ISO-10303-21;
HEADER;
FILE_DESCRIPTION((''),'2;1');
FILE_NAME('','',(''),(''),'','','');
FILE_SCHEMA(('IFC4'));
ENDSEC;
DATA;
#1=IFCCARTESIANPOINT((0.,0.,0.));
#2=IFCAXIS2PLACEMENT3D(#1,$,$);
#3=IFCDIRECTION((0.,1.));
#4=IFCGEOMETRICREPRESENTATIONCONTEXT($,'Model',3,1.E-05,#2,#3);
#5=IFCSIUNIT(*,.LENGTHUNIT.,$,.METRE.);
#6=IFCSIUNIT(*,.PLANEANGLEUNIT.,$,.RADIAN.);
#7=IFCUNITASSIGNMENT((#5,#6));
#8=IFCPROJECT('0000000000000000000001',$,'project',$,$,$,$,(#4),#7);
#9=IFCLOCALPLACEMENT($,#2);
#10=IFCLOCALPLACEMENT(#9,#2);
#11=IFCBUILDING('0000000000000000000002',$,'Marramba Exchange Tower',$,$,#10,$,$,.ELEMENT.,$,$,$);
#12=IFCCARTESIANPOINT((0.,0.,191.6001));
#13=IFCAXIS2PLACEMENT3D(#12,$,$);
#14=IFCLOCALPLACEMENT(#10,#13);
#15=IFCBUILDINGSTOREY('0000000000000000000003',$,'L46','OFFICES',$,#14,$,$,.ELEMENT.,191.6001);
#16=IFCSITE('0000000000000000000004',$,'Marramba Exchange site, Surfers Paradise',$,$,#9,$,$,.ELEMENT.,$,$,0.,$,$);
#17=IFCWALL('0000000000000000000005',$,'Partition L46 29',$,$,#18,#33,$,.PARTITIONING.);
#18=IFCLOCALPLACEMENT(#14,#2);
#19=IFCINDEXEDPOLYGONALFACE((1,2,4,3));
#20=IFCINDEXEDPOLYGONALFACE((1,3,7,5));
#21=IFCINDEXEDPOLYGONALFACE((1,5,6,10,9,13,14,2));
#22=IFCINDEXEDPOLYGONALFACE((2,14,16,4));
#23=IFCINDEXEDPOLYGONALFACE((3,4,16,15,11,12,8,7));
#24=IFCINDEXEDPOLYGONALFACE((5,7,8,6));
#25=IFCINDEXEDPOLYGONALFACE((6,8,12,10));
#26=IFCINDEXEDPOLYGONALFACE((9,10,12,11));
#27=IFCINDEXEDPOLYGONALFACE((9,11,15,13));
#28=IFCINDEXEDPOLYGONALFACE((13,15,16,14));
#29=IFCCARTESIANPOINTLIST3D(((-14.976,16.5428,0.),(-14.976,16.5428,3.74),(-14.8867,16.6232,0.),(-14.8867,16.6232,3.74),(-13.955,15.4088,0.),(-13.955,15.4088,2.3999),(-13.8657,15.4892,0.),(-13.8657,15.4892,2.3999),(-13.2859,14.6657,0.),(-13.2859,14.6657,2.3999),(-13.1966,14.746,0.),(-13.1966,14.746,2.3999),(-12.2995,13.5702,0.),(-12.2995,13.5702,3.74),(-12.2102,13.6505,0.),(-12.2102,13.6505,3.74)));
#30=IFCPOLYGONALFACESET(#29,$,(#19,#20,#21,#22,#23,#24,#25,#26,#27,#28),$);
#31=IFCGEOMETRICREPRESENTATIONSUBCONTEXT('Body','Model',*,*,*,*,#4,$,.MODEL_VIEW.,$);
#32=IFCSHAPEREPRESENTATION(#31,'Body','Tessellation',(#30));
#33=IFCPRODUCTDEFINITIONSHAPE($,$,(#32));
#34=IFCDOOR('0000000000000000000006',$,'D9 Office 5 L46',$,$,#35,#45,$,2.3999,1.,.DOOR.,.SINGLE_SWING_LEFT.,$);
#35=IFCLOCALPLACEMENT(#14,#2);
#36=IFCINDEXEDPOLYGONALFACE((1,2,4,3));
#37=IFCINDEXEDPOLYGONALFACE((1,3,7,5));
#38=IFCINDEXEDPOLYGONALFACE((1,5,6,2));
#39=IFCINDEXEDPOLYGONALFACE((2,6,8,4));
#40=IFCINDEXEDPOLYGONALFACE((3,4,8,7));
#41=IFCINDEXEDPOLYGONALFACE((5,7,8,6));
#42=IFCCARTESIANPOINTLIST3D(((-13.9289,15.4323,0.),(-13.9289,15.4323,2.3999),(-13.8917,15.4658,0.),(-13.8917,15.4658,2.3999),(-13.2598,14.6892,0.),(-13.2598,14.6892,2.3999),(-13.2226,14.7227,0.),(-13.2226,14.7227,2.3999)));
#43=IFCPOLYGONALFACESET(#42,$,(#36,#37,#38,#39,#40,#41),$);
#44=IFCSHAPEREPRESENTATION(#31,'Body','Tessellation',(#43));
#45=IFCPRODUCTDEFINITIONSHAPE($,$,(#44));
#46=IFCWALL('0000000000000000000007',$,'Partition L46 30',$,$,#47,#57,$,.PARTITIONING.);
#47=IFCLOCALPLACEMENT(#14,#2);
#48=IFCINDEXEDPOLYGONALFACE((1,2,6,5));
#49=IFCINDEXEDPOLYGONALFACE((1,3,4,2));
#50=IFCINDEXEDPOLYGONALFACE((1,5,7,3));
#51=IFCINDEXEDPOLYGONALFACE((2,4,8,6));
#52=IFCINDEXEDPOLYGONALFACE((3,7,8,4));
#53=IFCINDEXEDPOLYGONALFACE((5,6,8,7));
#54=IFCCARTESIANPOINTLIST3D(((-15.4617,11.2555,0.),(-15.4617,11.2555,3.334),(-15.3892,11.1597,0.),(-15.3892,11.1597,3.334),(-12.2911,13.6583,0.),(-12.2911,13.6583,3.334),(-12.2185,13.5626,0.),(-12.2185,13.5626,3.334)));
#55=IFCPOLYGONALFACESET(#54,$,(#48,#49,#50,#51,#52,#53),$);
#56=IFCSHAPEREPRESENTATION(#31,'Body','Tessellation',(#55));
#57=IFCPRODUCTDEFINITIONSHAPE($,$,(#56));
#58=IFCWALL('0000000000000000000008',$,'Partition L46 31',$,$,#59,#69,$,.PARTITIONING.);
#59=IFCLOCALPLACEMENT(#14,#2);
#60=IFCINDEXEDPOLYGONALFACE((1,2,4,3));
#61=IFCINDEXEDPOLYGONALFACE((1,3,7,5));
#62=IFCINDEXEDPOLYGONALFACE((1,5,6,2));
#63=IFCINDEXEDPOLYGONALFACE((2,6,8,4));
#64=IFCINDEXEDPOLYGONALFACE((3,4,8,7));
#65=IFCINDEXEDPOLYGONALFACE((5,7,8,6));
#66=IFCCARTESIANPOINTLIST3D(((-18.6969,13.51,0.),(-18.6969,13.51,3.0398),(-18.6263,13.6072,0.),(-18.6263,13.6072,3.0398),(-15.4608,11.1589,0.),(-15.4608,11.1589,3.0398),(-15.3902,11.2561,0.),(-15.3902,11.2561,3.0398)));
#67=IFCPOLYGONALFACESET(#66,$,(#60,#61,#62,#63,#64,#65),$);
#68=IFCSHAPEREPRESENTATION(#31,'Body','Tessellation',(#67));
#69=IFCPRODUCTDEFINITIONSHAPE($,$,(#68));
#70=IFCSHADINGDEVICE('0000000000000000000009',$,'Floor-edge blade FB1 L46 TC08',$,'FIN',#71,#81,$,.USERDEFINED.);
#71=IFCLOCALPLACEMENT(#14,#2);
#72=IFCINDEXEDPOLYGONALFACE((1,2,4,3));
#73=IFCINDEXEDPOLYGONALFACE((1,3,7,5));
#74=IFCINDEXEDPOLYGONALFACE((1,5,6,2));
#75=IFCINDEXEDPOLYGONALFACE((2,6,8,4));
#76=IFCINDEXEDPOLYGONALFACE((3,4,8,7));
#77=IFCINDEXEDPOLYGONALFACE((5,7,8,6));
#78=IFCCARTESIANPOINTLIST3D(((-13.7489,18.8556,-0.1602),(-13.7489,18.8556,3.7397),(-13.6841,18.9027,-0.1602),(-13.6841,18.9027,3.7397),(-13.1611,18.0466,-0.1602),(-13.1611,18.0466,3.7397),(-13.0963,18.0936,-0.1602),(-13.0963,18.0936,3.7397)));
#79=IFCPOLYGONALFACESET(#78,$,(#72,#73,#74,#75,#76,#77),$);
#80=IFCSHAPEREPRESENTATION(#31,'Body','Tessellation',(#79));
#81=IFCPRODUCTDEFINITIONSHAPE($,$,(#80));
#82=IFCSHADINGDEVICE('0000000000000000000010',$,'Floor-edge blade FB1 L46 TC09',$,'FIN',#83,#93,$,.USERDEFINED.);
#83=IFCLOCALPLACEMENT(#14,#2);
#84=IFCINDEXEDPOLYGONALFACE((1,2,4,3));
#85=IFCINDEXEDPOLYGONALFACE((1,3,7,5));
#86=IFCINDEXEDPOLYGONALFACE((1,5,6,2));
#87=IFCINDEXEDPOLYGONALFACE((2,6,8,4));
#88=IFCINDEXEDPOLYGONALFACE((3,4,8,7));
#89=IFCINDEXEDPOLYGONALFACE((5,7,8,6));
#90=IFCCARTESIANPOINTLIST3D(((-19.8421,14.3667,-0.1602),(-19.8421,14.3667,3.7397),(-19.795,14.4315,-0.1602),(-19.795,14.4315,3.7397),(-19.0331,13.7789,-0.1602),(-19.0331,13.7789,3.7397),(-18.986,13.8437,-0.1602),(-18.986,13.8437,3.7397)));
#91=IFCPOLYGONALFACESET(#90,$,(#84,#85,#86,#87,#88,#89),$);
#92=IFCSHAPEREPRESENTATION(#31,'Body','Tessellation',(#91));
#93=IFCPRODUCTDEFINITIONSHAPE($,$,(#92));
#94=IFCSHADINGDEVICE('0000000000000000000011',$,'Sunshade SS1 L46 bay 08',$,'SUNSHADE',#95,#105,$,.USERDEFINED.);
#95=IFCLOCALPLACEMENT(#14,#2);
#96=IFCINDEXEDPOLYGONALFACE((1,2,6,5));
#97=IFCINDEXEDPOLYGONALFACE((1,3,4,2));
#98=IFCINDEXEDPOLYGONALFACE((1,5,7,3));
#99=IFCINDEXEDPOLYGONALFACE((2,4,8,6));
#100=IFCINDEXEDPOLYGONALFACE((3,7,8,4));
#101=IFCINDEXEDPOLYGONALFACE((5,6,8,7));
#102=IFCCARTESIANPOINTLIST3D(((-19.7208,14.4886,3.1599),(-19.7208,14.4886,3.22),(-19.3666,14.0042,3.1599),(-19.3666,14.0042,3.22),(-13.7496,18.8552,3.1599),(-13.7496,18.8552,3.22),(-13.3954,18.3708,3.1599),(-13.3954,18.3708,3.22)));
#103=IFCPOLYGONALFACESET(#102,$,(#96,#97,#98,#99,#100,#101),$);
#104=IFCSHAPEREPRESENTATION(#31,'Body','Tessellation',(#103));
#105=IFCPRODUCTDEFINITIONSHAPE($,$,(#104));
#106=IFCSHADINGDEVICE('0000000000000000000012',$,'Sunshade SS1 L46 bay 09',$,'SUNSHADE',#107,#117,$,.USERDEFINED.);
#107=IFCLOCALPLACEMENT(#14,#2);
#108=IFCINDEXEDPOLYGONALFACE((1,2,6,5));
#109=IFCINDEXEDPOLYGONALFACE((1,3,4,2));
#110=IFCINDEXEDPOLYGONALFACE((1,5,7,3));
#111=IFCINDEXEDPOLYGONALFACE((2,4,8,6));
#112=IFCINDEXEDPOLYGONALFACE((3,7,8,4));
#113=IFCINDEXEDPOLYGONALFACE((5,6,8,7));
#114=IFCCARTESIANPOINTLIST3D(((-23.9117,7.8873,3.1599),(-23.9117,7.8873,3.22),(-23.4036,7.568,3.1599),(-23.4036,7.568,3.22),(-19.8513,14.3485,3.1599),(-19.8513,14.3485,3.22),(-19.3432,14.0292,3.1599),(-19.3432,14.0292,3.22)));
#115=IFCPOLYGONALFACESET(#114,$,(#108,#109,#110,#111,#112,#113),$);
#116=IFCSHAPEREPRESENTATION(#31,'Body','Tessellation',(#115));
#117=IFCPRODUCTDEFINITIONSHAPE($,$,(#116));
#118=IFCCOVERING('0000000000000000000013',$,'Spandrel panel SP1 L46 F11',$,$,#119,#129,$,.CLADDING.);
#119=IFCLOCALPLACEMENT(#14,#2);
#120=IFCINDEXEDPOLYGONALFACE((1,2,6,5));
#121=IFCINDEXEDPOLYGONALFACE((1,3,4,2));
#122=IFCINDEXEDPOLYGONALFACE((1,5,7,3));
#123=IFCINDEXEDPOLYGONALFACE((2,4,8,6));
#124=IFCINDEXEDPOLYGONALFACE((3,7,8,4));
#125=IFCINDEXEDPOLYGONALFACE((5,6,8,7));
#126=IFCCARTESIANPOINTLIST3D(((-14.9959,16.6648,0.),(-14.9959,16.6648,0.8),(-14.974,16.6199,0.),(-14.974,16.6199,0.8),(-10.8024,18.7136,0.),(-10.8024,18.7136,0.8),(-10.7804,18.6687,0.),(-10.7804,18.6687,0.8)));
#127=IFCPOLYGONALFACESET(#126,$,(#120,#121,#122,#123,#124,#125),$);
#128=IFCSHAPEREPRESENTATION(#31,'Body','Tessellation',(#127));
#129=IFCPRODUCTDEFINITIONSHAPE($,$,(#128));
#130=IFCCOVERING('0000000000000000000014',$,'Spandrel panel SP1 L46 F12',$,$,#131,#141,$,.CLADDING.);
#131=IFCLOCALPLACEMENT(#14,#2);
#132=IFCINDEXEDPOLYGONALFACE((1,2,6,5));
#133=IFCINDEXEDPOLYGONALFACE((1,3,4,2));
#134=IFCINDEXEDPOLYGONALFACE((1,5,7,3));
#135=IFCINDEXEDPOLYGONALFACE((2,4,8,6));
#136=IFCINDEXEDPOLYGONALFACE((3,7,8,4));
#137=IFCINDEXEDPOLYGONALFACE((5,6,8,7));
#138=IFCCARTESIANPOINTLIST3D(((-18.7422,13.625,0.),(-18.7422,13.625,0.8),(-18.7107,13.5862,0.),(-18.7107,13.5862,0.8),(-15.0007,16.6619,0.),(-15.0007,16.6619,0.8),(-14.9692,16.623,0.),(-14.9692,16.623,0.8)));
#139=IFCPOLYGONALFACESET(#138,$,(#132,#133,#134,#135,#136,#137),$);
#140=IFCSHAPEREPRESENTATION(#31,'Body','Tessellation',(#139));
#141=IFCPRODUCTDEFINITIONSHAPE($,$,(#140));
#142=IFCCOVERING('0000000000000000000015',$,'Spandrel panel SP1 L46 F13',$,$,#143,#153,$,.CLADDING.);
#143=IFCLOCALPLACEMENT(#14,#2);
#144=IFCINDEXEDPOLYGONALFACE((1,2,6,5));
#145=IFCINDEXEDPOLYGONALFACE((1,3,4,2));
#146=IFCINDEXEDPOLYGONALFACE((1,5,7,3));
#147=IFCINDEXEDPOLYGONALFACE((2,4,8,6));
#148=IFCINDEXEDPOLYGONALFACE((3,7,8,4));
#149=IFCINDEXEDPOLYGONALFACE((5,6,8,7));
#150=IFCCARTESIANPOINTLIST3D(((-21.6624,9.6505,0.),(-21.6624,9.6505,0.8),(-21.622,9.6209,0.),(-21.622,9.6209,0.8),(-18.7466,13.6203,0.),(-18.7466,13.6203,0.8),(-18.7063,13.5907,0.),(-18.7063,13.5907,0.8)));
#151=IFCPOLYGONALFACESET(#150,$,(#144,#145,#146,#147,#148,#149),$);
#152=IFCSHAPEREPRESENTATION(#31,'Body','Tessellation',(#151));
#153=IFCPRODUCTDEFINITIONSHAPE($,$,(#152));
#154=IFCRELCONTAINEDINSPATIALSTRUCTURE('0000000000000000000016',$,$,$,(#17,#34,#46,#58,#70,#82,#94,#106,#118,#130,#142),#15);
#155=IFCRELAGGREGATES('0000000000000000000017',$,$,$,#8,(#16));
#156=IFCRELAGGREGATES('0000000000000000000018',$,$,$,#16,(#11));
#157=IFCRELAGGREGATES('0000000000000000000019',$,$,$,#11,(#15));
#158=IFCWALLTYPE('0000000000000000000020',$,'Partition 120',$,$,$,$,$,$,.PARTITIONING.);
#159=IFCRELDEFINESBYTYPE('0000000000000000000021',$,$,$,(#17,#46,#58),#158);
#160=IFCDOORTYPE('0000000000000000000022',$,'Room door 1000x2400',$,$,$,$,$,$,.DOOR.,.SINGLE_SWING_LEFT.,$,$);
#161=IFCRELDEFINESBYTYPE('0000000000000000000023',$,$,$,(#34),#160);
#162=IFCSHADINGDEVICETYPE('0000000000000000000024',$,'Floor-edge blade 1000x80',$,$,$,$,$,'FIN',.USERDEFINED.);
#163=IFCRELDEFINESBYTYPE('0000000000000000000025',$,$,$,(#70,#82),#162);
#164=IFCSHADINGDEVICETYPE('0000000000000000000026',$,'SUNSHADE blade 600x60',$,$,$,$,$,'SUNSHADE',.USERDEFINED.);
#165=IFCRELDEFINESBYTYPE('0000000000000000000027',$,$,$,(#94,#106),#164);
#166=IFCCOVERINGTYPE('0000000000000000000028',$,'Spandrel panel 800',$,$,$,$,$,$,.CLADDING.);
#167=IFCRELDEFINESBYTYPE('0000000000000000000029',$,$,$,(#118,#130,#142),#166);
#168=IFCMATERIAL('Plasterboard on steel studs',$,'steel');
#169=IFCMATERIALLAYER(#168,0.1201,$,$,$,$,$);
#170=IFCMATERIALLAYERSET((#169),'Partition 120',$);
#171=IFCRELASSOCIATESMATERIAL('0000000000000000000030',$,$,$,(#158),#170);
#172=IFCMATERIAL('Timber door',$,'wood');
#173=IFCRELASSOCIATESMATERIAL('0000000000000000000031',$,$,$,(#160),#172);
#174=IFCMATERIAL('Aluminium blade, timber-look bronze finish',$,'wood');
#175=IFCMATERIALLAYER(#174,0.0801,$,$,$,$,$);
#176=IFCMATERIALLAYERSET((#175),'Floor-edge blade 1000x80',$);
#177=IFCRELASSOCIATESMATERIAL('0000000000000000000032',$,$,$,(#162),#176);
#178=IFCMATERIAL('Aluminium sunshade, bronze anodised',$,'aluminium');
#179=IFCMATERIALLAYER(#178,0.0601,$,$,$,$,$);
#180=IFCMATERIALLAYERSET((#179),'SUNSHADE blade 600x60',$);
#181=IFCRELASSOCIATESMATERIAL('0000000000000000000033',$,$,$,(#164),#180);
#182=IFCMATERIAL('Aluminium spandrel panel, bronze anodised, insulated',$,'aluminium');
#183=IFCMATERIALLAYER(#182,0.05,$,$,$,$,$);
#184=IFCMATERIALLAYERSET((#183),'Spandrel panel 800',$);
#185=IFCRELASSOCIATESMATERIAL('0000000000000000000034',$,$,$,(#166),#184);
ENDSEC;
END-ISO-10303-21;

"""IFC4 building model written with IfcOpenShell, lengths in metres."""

from ifc_helpers import new_model, si_unit, direction, frame, frame_2d, origin, origin_2d, place, context, subcontext, project, spatial, rectangle, extrude, material, layer, layer_set, type_object, element, fill, save


model = new_model("IFC4")

# Units and contexts
model_context = context("Model", 3, precision=1e-05, world=origin(), true_north=direction((0.0, 1.0)))
body_context = subcontext(model_context, "Body", "Model", "MODEL_VIEW")
ifc_project = project(units=[si_unit("LENGTHUNIT", "METRE"), si_unit("PLANEANGLEUNIT", "RADIAN")], contexts=[model_context])

# Site, building, storey
site_placement = place(None, origin())
site = spatial("IfcSite", under=ifc_project, at=site_placement, Name="Marramba Exchange site, Surfers Paradise", CompositionType="ELEMENT", RefElevation=0.0)
building_placement = place(site_placement, origin())
building = spatial("IfcBuilding", under=site, at=building_placement, Name="Marramba Exchange Tower", CompositionType="ELEMENT")
storey_placement = place(building_placement, frame((0.0, 0.0, 191.6001)))
storey = spatial("IfcBuildingStorey", under=building, at=storey_placement, Name="L46", Description="OFFICES", CompositionType="ELEMENT", Elevation=191.6001)

# Wall, opening, door
ifc_material_1 = material(Name="Plasterboard on steel studs", Category="steel")
ifc_layer_1 = layer(ifc_material_1, 0.1201)
ifc_layer_set_1 = layer_set([ifc_layer_1], Name="Partition 120")
wall_type = type_object("IfcWallType", Name="Partition 120", PredefinedType="PARTITIONING", material=ifc_layer_set_1)
wall_1_placement = place(storey_placement, frame((-12.2549, 13.6104, 0.0), z_axis=(0.0, 0.0, 1.0), x_axis=(-0.66912, 0.743155, 0.0)))
wall_1 = element("IfcWall", 1, at=wall_1_placement, inside=storey, type_object=wall_type, Name="Partition L46 29", PredefinedType="PARTITIONING", context=body_context, shape_type="SweptSolid", body=[
    extrude(rectangle(XDim=4.0, YDim=0.1201, at=frame_2d((2.0, 0.0))), origin(), (0.0, 0.0, 1.0), 3.74),
])
opening_placement = place(wall_1_placement, frame((1.4741, 0.0, 0.0)))
opening = element("IfcOpeningElement", 2, at=opening_placement, cuts=wall_1, PredefinedType="OPENING", context=body_context, shape_type="SweptSolid", body=[
    extrude(rectangle(XDim=1.0, YDim=2.3999, at=frame_2d((0.5, 1.2))), frame((0.0, 0.0701, 0.0), z_axis=(0.0, -1.0, 0.0), x_axis=(1.0, 0.0, 0.0)), (0.0, 0.0, 1.0), 0.1401),
])
ifc_material_2 = material(Name="Timber door", Category="wood")
door_type = type_object("IfcDoorType", Name="Room door 1000x2400", OperationType="SINGLE_SWING_LEFT", PredefinedType="DOOR", material=ifc_material_2)
door_placement = place(opening_placement, origin())
door = element("IfcDoor", 3, at=door_placement, inside=storey, type_object=door_type, Name="D9 Office 5 L46", OperationType="SINGLE_SWING_LEFT", OverallHeight=2.3999, OverallWidth=1.0, PredefinedType="DOOR", context=body_context, shape_type="SweptSolid", body=[
    extrude(rectangle(XDim=1.0, YDim=2.3999, at=frame_2d((0.5, 1.2))), frame((0.0, 0.0249, 0.0), z_axis=(0.0, -1.0, 0.0), x_axis=(1.0, 0.0, 0.0)), (0.0, 0.0, 1.0), 0.05),
])
fill(opening, door)

# Walls
wall_2_placement = place(storey_placement, frame((-15.4255, 11.2075, 0.0), z_axis=(0.0, 0.0, 1.0), x_axis=(0.796993, 0.603989, 0.0)))
element("IfcWall", 4, at=wall_2_placement, inside=storey, type_object=wall_type, Name="Partition L46 30", PredefinedType="PARTITIONING", context=body_context, shape_type="SweptSolid", body=[
    extrude(rectangle(XDim=3.9783, YDim=0.1201, at=frame_2d((1.9893, 0.0))), origin(), (0.0, 0.0, 1.0), 3.334),
])
wall_3_placement = place(storey_placement, frame((-18.6616, 13.5586, 0.0), z_axis=(0.0, 0.0, 1.0), x_axis=(0.809026, -0.587772, 0.0)))
element("IfcWall", 5, at=wall_3_placement, inside=storey, type_object=wall_type, Name="Partition L46 31", PredefinedType="PARTITIONING", context=body_context, shape_type="SweptSolid", body=[
    extrude(rectangle(XDim=4.0, YDim=0.1201, at=frame_2d((2.0, 0.0))), origin(), (0.0, 0.0, 1.0), 3.0398),
])

# Shading devices
ifc_material_3 = material(Name="Aluminium blade, timber-look bronze finish", Category="wood")
ifc_layer_2 = layer(ifc_material_3, 0.0801)
ifc_layer_set_2 = layer_set([ifc_layer_2], Name="Floor-edge blade 1000x80")
shading_device_type_1 = type_object("IfcShadingDeviceType", Name="Floor-edge blade 1000x80", ElementType="FIN", PredefinedType="USERDEFINED", material=ifc_layer_set_2)
for number, where, z_axis, x_axis, name in (
    (6, (-13.4226, 18.4746, -0.1602), (0.0, 0.0, 1.0), (-0.587785, 0.809017, 0.0), "Floor-edge blade FB1 L46 TC08"),
    (7, (-19.4141, 14.1052, -0.1602), (0.0, 0.0, 1.0), (-0.809017, 0.587785, 0.0), "Floor-edge blade FB1 L46 TC09"),
):
    element("IfcShadingDevice", number, at=place(storey_placement, frame(where, z_axis=z_axis, x_axis=x_axis)), inside=storey, type_object=shading_device_type_1, Name=name, ObjectType="FIN", PredefinedType="USERDEFINED", context=body_context, shape_type="SweptSolid", body=[
        extrude(rectangle(XDim=1.0, YDim=0.0801, at=origin_2d()), origin(), (0.0, 0.0, 1.0), 3.8999),
    ])
ifc_material_4 = material(Name="Aluminium sunshade, bronze anodised", Category="aluminium")
ifc_layer_3 = layer(ifc_material_4, 0.0601)
ifc_layer_set_3 = layer_set([ifc_layer_3], Name="SUNSHADE blade 600x60")
shading_device_type_2 = type_object("IfcShadingDeviceType", Name="SUNSHADE blade 600x60", ElementType="SUNSHADE", PredefinedType="USERDEFINED", material=ifc_layer_set_3)
shading_device_1_placement = place(storey_placement, frame((-16.5581, 16.4297, 3.1599), z_axis=(0.0, 0.0, 1.0), x_axis=(-0.807194, -0.590286, 0.0)))
element("IfcShadingDevice", 8, at=shading_device_1_placement, inside=storey, type_object=shading_device_type_2, Name="Sunshade SS1 L46 bay 08", ObjectType="SUNSHADE", PredefinedType="USERDEFINED", context=body_context, shape_type="SweptSolid", body=[
    extrude(rectangle(XDim=7.3975, YDim=0.6001, at=origin_2d()), origin(), (0.0, 0.0, 1.0), 0.0601),
])
shading_device_2_placement = place(storey_placement, frame((-21.6274, 10.9583, 3.1599), z_axis=(0.0, 0.0, 1.0), x_axis=(-0.532082, -0.846693, 0.0)))
element("IfcShadingDevice", 9, at=shading_device_2_placement, inside=storey, type_object=shading_device_type_2, Name="Sunshade SS1 L46 bay 09", ObjectType="SUNSHADE", PredefinedType="USERDEFINED", context=body_context, shape_type="SweptSolid", body=[
    extrude(rectangle(XDim=7.6311, YDim=0.6001, at=origin_2d()), origin(), (0.0, 0.0, 1.0), 0.0601),
])

# Coverings
ifc_material_5 = material(Name="Aluminium spandrel panel, bronze anodised, insulated", Category="aluminium")
ifc_layer_4 = layer(ifc_material_5, 0.05)
ifc_layer_set_4 = layer_set([ifc_layer_4], Name="Spandrel panel 800")
covering_type = type_object("IfcCoveringType", Name="Spandrel panel 800", PredefinedType="CLADDING", material=ifc_layer_set_4)
covering_1_placement = place(storey_placement, frame((-12.8882, 17.6667, 0.0), z_axis=(0.0, 0.0, 1.0), x_axis=(-0.898501, -0.438972, 0.0)))
element("IfcCovering", 10, at=covering_1_placement, inside=storey, type_object=covering_type, Name="Spandrel panel SP1 L46 F11", PredefinedType="CLADDING", context=body_context, shape_type="SweptSolid", body=[
    extrude(rectangle(XDim=4.6672, YDim=0.05, at=origin_2d()), origin(), (0.0, 0.0, 1.0), 0.8),
])
covering_2_placement = place(storey_placement, frame((-16.8557, 15.124, 0.0), z_axis=(0.0, 0.0, 1.0), x_axis=(-0.776432, -0.630201, 0.0)))
element("IfcCovering", 11, at=covering_2_placement, inside=storey, type_object=covering_type, Name="Spandrel panel SP1 L46 F12", PredefinedType="CLADDING", context=body_context, shape_type="SweptSolid", body=[
    extrude(rectangle(XDim=4.8188, YDim=0.05, at=origin_2d()), origin(), (0.0, 0.0, 1.0), 0.8),
])
covering_3_placement = place(storey_placement, frame((-20.1843, 11.6206, 0.0), z_axis=(0.0, 0.0, 1.0), x_axis=(-0.591963, -0.805965, 0.0)))
element("IfcCovering", 12, at=covering_3_placement, inside=storey, type_object=covering_type, Name="Spandrel panel SP1 L46 F13", PredefinedType="CLADDING", context=body_context, shape_type="SweptSolid", body=[
    extrude(rectangle(XDim=4.9255, YDim=0.05, at=origin_2d()), origin(), (0.0, 0.0, 1.0), 0.8),
])

save(model, "model.ifc")
